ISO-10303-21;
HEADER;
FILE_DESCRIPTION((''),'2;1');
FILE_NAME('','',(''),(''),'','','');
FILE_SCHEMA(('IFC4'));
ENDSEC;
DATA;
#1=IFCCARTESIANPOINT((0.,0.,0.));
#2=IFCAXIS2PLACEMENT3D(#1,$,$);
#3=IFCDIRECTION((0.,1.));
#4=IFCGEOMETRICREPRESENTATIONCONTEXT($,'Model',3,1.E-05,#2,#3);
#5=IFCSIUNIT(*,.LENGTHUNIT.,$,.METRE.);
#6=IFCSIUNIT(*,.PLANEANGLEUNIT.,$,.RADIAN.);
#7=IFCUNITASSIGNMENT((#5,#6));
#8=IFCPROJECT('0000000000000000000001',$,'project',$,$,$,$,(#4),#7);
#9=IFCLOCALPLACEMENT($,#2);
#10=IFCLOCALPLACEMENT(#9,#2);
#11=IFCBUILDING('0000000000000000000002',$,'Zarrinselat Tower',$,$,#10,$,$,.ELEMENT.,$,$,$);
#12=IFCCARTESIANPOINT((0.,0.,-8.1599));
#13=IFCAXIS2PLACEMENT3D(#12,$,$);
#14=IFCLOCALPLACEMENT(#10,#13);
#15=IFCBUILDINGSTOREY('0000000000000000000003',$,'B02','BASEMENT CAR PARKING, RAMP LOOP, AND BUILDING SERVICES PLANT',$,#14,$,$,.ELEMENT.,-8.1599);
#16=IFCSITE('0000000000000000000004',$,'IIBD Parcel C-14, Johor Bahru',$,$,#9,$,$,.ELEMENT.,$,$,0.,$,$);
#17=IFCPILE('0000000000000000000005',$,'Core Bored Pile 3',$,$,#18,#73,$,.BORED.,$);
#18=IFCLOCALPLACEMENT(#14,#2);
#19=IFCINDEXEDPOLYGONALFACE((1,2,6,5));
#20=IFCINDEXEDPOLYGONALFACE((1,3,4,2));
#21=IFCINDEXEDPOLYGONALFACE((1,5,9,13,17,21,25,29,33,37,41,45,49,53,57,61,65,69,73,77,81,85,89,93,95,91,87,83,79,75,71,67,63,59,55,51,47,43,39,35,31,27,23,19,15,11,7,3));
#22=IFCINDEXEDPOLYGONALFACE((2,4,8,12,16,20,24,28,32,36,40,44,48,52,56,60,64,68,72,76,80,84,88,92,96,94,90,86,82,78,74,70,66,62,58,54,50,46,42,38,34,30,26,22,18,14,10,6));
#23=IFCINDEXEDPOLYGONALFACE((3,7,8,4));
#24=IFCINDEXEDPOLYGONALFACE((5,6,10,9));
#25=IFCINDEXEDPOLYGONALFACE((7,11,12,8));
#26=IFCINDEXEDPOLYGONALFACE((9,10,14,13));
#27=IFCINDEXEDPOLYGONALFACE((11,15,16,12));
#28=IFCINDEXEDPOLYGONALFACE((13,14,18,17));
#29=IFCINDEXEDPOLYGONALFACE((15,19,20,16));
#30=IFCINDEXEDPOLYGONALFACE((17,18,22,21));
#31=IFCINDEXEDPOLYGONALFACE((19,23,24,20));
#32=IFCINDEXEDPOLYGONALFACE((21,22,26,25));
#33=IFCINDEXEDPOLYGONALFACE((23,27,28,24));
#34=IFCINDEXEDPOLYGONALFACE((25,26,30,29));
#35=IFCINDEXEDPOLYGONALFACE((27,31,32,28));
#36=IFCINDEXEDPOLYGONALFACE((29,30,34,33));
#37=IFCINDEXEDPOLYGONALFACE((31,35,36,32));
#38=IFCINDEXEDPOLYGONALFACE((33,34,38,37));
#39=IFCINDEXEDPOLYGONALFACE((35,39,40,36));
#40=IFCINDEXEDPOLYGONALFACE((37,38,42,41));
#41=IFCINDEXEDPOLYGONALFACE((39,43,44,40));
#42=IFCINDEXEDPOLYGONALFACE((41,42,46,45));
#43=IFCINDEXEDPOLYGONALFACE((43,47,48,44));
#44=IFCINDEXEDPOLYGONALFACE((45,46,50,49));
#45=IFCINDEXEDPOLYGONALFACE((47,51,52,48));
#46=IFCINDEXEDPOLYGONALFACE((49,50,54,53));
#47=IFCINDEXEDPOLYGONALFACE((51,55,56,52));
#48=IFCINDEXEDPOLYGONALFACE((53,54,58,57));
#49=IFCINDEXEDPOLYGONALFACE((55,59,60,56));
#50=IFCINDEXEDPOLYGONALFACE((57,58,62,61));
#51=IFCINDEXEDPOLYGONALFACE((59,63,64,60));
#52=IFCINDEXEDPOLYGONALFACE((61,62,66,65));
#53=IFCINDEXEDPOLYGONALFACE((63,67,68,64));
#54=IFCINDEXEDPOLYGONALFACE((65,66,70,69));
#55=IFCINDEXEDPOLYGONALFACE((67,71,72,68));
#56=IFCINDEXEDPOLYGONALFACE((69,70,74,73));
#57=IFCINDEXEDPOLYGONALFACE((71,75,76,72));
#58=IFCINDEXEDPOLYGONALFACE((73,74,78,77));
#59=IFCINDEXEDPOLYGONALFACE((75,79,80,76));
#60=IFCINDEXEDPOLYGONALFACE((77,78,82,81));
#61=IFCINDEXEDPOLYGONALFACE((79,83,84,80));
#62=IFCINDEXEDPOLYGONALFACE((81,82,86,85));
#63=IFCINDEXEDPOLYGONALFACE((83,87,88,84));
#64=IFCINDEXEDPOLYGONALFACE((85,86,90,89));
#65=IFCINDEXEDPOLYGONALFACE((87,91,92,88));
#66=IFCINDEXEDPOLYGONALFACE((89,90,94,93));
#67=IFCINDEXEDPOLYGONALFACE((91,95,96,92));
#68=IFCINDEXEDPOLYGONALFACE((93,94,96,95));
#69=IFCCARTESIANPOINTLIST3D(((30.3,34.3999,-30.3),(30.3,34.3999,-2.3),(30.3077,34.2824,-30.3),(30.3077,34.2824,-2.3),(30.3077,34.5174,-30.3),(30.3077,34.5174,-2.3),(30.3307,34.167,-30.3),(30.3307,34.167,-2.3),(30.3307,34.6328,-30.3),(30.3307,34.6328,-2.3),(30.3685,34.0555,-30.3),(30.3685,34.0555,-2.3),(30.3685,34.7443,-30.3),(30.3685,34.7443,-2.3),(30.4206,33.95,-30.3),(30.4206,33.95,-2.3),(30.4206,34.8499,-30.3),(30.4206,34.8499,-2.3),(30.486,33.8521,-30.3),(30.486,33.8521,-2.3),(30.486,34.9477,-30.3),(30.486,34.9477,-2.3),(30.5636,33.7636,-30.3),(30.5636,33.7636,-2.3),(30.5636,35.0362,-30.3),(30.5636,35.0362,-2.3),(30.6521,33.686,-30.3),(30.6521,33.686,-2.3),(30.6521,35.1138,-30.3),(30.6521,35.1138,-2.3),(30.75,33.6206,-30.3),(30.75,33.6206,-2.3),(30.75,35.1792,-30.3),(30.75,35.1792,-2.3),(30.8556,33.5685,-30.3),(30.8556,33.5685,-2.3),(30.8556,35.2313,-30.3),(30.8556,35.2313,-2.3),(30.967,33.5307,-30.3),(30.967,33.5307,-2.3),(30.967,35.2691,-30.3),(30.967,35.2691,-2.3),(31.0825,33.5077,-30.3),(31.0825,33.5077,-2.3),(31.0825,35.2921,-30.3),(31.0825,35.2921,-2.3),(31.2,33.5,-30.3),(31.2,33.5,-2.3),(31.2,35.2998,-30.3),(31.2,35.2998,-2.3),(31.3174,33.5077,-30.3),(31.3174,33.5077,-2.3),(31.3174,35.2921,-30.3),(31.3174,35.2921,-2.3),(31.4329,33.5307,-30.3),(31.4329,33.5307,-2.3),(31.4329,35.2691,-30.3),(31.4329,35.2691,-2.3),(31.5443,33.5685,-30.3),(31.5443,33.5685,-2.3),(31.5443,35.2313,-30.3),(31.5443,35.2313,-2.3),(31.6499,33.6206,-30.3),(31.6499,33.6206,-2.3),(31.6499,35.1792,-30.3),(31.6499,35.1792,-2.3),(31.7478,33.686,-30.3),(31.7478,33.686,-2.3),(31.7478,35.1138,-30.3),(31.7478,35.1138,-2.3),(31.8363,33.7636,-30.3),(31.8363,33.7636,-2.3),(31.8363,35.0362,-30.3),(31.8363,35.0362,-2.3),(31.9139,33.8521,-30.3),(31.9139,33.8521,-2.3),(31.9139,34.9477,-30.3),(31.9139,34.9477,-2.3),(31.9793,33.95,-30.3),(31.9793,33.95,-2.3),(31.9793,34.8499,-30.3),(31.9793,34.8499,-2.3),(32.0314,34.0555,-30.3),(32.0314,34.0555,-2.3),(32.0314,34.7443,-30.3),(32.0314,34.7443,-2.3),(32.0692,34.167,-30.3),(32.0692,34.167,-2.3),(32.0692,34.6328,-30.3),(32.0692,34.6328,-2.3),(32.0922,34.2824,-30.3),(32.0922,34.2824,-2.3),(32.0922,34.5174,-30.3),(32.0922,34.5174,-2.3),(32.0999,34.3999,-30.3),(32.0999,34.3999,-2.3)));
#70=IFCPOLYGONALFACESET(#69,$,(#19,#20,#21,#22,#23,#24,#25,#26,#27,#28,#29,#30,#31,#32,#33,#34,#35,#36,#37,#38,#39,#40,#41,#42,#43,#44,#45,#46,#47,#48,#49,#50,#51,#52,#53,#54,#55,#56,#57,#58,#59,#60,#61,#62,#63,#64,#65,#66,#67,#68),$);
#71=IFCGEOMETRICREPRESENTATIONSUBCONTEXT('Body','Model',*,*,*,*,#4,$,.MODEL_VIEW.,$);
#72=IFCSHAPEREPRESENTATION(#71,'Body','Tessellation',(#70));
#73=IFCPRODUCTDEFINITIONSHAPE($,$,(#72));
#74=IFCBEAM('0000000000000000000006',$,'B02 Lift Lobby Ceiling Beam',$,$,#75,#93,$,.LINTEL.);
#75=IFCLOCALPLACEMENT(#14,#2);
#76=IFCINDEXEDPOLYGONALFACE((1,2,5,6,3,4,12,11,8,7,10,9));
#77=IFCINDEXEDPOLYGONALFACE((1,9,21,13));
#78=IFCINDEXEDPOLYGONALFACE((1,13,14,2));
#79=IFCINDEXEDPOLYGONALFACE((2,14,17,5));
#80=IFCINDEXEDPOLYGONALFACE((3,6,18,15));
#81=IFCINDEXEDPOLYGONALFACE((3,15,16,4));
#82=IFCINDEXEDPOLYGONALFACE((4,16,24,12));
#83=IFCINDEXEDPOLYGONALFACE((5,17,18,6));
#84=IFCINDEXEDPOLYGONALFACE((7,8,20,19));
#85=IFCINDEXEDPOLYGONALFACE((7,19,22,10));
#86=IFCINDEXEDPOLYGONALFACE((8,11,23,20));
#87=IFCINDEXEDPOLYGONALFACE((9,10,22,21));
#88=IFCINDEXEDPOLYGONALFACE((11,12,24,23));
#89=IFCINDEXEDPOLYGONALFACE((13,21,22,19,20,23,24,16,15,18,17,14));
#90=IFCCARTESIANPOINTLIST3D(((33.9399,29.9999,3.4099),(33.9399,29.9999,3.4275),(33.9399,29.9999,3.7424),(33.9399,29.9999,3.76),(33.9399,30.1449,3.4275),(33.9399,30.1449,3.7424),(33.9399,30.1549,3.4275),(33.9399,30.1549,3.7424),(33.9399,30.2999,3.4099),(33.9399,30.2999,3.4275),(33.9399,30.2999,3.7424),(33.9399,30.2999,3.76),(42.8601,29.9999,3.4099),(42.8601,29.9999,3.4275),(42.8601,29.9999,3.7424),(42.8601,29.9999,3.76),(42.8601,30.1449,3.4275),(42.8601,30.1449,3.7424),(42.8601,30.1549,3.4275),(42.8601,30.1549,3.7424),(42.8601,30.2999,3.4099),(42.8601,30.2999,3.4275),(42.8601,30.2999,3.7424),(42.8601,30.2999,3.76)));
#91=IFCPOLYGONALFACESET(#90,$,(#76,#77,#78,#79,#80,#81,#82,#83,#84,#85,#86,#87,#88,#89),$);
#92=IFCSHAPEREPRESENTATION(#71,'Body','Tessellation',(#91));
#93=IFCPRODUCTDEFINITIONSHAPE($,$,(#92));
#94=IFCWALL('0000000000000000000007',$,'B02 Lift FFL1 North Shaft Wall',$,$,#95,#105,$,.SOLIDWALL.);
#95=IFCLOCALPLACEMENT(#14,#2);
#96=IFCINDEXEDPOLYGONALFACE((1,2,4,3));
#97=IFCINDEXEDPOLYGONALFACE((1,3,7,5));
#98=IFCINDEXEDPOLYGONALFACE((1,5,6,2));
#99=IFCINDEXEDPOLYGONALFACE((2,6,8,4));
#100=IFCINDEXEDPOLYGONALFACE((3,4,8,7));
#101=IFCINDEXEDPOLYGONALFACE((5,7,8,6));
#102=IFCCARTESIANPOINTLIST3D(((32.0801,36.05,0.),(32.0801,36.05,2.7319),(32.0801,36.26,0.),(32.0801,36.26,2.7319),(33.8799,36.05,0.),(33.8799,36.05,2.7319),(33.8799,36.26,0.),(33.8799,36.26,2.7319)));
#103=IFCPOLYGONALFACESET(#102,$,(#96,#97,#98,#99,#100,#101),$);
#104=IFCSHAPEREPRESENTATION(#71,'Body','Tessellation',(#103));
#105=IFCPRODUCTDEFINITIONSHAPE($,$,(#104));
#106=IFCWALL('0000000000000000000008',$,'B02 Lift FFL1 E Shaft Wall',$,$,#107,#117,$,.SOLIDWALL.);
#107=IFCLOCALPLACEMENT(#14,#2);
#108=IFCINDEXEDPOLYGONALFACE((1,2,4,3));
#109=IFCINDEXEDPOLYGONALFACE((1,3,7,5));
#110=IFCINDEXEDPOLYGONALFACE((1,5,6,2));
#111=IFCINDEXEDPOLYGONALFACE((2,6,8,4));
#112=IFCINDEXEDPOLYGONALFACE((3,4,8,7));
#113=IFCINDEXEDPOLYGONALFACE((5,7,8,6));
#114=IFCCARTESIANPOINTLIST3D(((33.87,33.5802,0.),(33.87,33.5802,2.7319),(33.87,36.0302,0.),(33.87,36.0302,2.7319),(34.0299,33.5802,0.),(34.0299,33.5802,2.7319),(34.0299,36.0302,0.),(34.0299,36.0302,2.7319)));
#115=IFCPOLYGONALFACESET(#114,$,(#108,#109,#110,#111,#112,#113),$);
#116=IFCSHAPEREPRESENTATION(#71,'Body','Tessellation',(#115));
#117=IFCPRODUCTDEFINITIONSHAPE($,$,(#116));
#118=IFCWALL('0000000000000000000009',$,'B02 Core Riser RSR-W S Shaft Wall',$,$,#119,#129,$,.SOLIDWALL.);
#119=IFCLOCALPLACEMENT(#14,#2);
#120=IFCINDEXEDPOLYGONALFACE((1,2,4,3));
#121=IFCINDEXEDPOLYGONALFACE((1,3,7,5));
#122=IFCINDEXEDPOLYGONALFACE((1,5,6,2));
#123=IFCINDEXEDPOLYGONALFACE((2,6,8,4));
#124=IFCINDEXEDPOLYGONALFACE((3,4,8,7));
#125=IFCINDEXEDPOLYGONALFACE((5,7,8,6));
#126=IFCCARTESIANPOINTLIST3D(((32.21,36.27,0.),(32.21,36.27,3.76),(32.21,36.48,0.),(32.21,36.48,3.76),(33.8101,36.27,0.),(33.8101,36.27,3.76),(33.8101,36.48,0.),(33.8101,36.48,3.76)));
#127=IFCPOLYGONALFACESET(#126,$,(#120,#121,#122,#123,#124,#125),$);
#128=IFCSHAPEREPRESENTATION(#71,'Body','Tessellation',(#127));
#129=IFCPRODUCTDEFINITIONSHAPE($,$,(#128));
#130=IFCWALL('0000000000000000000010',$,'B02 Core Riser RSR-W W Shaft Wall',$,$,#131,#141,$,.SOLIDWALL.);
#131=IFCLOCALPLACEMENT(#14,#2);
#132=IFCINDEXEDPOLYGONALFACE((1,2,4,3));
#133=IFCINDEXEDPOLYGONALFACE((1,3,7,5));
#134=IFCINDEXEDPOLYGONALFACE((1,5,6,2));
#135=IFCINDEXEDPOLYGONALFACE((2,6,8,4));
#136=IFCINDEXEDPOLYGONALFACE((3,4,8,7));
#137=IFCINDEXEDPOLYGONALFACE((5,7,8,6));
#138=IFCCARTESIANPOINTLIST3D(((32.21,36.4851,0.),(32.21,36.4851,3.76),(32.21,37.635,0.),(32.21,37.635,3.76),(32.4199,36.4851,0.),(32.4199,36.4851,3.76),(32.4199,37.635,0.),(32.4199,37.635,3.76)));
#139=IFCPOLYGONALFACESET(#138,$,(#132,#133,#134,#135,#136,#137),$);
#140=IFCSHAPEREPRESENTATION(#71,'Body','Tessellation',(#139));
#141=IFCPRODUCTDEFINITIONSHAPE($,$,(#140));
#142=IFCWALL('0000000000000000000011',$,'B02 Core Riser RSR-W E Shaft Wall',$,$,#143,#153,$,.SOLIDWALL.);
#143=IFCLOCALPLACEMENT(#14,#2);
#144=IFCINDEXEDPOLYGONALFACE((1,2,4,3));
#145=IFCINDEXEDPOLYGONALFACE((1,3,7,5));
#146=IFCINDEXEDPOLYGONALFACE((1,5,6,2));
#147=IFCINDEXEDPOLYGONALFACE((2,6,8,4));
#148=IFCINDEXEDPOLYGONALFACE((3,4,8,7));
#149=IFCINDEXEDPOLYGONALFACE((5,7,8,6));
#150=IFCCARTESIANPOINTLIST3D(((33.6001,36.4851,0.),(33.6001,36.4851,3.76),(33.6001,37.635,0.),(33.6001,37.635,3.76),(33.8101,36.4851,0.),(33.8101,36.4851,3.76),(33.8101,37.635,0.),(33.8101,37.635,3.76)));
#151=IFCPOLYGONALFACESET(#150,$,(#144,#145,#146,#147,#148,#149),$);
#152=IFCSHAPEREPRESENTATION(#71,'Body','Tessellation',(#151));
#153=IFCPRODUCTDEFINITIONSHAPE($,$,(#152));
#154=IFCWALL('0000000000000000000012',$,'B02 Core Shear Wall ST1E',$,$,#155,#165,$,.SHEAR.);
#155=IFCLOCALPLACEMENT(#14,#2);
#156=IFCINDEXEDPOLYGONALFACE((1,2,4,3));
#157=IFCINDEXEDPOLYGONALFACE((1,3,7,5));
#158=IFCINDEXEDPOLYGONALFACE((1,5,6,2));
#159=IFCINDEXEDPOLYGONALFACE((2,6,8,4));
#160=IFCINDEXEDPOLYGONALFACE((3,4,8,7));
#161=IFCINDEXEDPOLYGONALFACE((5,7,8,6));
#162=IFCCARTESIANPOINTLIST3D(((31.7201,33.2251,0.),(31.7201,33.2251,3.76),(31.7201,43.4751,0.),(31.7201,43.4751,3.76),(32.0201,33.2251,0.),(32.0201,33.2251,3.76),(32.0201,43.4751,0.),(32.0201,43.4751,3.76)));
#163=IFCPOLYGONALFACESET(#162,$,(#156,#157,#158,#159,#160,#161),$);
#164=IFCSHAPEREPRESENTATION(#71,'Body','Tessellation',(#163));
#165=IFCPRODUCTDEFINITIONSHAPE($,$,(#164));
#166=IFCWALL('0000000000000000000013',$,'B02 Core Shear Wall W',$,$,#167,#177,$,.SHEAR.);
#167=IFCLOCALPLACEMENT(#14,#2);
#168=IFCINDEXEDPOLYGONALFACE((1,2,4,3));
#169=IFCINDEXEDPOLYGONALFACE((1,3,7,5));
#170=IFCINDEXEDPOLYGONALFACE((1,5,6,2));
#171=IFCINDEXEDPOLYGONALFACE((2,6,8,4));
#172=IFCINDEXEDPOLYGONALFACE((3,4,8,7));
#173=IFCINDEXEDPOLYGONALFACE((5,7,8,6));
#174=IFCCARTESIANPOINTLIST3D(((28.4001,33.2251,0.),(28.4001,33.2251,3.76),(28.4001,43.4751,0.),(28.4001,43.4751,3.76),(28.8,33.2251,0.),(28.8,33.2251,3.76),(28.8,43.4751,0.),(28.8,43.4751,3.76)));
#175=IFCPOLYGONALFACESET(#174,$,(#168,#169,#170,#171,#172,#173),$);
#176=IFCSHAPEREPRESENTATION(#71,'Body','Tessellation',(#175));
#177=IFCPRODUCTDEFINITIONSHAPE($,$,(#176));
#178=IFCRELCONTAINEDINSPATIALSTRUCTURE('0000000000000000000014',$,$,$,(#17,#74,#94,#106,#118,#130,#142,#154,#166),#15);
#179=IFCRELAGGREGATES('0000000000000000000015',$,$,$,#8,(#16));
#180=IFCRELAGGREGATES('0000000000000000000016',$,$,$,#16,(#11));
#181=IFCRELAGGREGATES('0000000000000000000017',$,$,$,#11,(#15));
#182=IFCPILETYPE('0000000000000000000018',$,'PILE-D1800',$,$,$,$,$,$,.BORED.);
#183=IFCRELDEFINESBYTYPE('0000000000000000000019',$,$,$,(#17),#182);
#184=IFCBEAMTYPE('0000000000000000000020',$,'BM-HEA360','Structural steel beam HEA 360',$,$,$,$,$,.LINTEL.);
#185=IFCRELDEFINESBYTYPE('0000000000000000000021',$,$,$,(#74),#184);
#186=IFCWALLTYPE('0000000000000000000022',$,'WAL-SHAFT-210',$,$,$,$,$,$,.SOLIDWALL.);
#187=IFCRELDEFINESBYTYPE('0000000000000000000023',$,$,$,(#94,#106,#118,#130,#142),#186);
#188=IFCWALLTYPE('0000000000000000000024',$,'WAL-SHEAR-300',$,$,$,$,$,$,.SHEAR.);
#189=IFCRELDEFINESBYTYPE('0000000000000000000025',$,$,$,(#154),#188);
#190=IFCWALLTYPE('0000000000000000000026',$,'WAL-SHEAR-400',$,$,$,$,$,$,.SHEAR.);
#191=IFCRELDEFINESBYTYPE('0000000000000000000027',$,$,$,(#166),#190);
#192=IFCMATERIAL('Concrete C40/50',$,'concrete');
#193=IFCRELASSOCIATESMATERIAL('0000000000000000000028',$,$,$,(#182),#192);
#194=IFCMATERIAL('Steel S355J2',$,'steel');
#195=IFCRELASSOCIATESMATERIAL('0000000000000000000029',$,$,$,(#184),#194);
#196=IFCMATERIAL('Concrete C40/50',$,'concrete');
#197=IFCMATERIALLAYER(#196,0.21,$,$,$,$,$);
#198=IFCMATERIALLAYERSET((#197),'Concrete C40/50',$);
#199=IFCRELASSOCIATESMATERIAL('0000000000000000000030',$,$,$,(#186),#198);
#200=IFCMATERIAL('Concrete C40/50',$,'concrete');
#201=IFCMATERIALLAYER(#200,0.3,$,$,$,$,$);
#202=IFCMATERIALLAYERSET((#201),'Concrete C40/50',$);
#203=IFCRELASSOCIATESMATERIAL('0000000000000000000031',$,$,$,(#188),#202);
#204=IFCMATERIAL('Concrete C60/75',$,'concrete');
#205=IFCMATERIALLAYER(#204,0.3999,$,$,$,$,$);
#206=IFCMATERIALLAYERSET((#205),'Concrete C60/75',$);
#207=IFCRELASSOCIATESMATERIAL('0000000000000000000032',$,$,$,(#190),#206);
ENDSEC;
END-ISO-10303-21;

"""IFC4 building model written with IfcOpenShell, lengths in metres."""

from ifc_helpers import new_model, si_unit, direction, frame, frame_2d, origin, origin_2d, place, context, subcontext, project, spatial, rectangle, circle, i_section, extrude, material, layer, layer_set, material_profile, profile_set, type_object, element, save


model = new_model("IFC4")

# Units and contexts
model_context = context("Model", 3, precision=1e-05, world=origin(), true_north=direction((0.0, 1.0)))
body_context = subcontext(model_context, "Body", "Model", "MODEL_VIEW")
ifc_project = project(units=[si_unit("LENGTHUNIT", "METRE"), si_unit("PLANEANGLEUNIT", "RADIAN")], contexts=[model_context])

# Site, building, storey
site_placement = place(None, origin())
site = spatial("IfcSite", under=ifc_project, at=site_placement, Name="IIBD Parcel C-14, Johor Bahru", CompositionType="ELEMENT", RefElevation=0.0)
building_placement = place(site_placement, origin())
building = spatial("IfcBuilding", under=site, at=building_placement, Name="Zarrinselat Tower", CompositionType="ELEMENT")
storey_placement = place(building_placement, frame((0.0, 0.0, -8.1599)))
storey = spatial("IfcBuildingStorey", under=building, at=storey_placement, Name="B02", Description="BASEMENT CAR PARKING, RAMP LOOP, AND BUILDING SERVICES PLANT", CompositionType="ELEMENT", Elevation=-8.1599)

# Pile
ifc_material_1 = material(Name="Concrete C40/50", Category="concrete")
ifc_material_profile_1 = material_profile(ifc_material_1, circle(Radius=0.8999, at=origin_2d()), Name="BORED PILE D1800")
ifc_profile_set_1 = profile_set([ifc_material_profile_1], Name="Concrete C40/50")
pile_type = type_object("IfcPileType", Name="PILE-D1800", PredefinedType="BORED", material=ifc_profile_set_1)
pile_placement = place(storey_placement, frame((31.2, 34.3999, -2.3), z_axis=(0.0, 0.0, -1.0), x_axis=(1.0, 0.0, 0.0)))
element("IfcPile", 1, at=pile_placement, inside=storey, type_object=pile_type, Name="Core Bored Pile 3", PredefinedType="BORED", context=body_context, shape_type="SweptSolid", body=[
    extrude(circle(Radius=0.8999, at=origin_2d()), origin(), (0.0, 0.0, 1.0), 28.0),
])

# Beam
ifc_material_2 = material(Name="Steel S355J2", Category="steel")
ifc_material_profile_2 = material_profile(ifc_material_2, i_section(OverallWidth=0.3, OverallDepth=0.3501, WebThickness=0.01, FlangeThickness=0.0176, at=origin_2d()), Name="HEA 360")
ifc_profile_set_2 = profile_set([ifc_material_profile_2], Name="Steel S355J2")
beam_type = type_object("IfcBeamType", Name="BM-HEA360", Description="Structural steel beam HEA 360", PredefinedType="LINTEL", material=ifc_profile_set_2)
beam_placement = place(storey_placement, frame((33.9399, 30.1499, 3.585), z_axis=(1.0, 0.0, 0.0), x_axis=(0.0, 1.0, 0.0)))
element("IfcBeam", 2, at=beam_placement, inside=storey, type_object=beam_type, Name="B02 Lift Lobby Ceiling Beam", PredefinedType="LINTEL", context=body_context, shape_type="SweptSolid", body=[
    extrude(i_section(OverallWidth=0.3, OverallDepth=0.3501, WebThickness=0.01, FlangeThickness=0.0176, at=origin_2d()), origin(), (0.0, 0.0, 1.0), 8.9202),
])

# Walls
ifc_material_3 = material(Name="Concrete C40/50", Category="concrete")
ifc_layer_1 = layer(ifc_material_3, 0.21)
ifc_layer_set_1 = layer_set([ifc_layer_1], Name="Concrete C40/50")
wall_type_1 = type_object("IfcWallType", Name="WAL-SHAFT-210", PredefinedType="SOLIDWALL", material=ifc_layer_set_1)
wall_1_placement = place(storey_placement, frame((32.0801, 36.155, 0.0), z_axis=(0.0, 0.0, 1.0), x_axis=(1.0, 0.0, 0.0)))
element("IfcWall", 3, at=wall_1_placement, inside=storey, type_object=wall_type_1, Name="B02 Lift FFL1 North Shaft Wall", PredefinedType="SOLIDWALL", context=body_context, shape_type="SweptSolid", body=[
    extrude(rectangle(XDim=1.7998, YDim=0.21, at=frame_2d((0.8999, 0.0))), origin(), (0.0, 0.0, 1.0), 2.7319),
])
wall_2_placement = place(storey_placement, frame((33.95, 33.5801, 0.0), z_axis=(0.0, 0.0, 1.0), x_axis=(0.0, 1.0, 0.0)))
element("IfcWall", 4, at=wall_2_placement, inside=storey, type_object=wall_type_1, Name="B02 Lift FFL1 E Shaft Wall", PredefinedType="SOLIDWALL", context=body_context, shape_type="SweptSolid", body=[
    extrude(rectangle(XDim=2.45, YDim=0.1599, at=frame_2d((1.2251, 0.0))), origin(), (0.0, 0.0, 1.0), 2.7319),
])
wall_3_placement = place(storey_placement, frame((32.21, 36.375, 0.0), z_axis=(0.0, 0.0, 1.0), x_axis=(1.0, 0.0, 0.0)))
element("IfcWall", 5, at=wall_3_placement, inside=storey, type_object=wall_type_1, Name="B02 Core Riser RSR-W S Shaft Wall", PredefinedType="SOLIDWALL", context=body_context, shape_type="SweptSolid", body=[
    extrude(rectangle(XDim=1.6001, YDim=0.21, at=frame_2d((0.8, 0.0))), origin(), (0.0, 0.0, 1.0), 3.76),
])
for number, where, z_axis, x_axis, name in (
    (6, (32.3149, 36.4851, 0.0), (0.0, 0.0, 1.0), (0.0, 1.0, 0.0), "B02 Core Riser RSR-W W Shaft Wall"),
    (7, (33.7051, 36.4851, 0.0), (0.0, 0.0, 1.0), (0.0, 1.0, 0.0), "B02 Core Riser RSR-W E Shaft Wall"),
):
    element("IfcWall", number, at=place(storey_placement, frame(where, z_axis=z_axis, x_axis=x_axis)), inside=storey, type_object=wall_type_1, Name=name, PredefinedType="SOLIDWALL", context=body_context, shape_type="SweptSolid", body=[
        extrude(rectangle(XDim=1.1499, YDim=0.21, at=frame_2d((0.575, 0.0))), origin(), (0.0, 0.0, 1.0), 3.76),
    ])
ifc_material_4 = material(Name="Concrete C40/50", Category="concrete")
ifc_layer_2 = layer(ifc_material_4, 0.3)
ifc_layer_set_2 = layer_set([ifc_layer_2], Name="Concrete C40/50")
wall_type_2 = type_object("IfcWallType", Name="WAL-SHEAR-300", PredefinedType="SHEAR", material=ifc_layer_set_2)
wall_4_placement = place(storey_placement, frame((31.8701, 33.2251, 0.0), z_axis=(0.0, 0.0, 1.0), x_axis=(0.0, 1.0, 0.0)))
element("IfcWall", 8, at=wall_4_placement, inside=storey, type_object=wall_type_2, Name="B02 Core Shear Wall ST1E", PredefinedType="SHEAR", context=body_context, shape_type="SweptSolid", body=[
    extrude(rectangle(XDim=10.25, YDim=0.3, at=frame_2d((5.125, 0.0))), origin(), (0.0, 0.0, 1.0), 3.76),
])
ifc_material_5 = material(Name="Concrete C60/75", Category="concrete")
ifc_layer_3 = layer(ifc_material_5, 0.3999)
ifc_layer_set_3 = layer_set([ifc_layer_3], Name="Concrete C60/75")
wall_type_3 = type_object("IfcWallType", Name="WAL-SHEAR-400", PredefinedType="SHEAR", material=ifc_layer_set_3)
wall_5_placement = place(storey_placement, frame((28.6001, 33.2251, 0.0), z_axis=(0.0, 0.0, 1.0), x_axis=(0.0, 1.0, 0.0)))
element("IfcWall", 9, at=wall_5_placement, inside=storey, type_object=wall_type_3, Name="B02 Core Shear Wall W", PredefinedType="SHEAR", context=body_context, shape_type="SweptSolid", body=[
    extrude(rectangle(XDim=10.25, YDim=0.3999, at=frame_2d((5.125, 0.0))), origin(), (0.0, 0.0, 1.0), 3.76),
])

save(model, "model.ifc")
